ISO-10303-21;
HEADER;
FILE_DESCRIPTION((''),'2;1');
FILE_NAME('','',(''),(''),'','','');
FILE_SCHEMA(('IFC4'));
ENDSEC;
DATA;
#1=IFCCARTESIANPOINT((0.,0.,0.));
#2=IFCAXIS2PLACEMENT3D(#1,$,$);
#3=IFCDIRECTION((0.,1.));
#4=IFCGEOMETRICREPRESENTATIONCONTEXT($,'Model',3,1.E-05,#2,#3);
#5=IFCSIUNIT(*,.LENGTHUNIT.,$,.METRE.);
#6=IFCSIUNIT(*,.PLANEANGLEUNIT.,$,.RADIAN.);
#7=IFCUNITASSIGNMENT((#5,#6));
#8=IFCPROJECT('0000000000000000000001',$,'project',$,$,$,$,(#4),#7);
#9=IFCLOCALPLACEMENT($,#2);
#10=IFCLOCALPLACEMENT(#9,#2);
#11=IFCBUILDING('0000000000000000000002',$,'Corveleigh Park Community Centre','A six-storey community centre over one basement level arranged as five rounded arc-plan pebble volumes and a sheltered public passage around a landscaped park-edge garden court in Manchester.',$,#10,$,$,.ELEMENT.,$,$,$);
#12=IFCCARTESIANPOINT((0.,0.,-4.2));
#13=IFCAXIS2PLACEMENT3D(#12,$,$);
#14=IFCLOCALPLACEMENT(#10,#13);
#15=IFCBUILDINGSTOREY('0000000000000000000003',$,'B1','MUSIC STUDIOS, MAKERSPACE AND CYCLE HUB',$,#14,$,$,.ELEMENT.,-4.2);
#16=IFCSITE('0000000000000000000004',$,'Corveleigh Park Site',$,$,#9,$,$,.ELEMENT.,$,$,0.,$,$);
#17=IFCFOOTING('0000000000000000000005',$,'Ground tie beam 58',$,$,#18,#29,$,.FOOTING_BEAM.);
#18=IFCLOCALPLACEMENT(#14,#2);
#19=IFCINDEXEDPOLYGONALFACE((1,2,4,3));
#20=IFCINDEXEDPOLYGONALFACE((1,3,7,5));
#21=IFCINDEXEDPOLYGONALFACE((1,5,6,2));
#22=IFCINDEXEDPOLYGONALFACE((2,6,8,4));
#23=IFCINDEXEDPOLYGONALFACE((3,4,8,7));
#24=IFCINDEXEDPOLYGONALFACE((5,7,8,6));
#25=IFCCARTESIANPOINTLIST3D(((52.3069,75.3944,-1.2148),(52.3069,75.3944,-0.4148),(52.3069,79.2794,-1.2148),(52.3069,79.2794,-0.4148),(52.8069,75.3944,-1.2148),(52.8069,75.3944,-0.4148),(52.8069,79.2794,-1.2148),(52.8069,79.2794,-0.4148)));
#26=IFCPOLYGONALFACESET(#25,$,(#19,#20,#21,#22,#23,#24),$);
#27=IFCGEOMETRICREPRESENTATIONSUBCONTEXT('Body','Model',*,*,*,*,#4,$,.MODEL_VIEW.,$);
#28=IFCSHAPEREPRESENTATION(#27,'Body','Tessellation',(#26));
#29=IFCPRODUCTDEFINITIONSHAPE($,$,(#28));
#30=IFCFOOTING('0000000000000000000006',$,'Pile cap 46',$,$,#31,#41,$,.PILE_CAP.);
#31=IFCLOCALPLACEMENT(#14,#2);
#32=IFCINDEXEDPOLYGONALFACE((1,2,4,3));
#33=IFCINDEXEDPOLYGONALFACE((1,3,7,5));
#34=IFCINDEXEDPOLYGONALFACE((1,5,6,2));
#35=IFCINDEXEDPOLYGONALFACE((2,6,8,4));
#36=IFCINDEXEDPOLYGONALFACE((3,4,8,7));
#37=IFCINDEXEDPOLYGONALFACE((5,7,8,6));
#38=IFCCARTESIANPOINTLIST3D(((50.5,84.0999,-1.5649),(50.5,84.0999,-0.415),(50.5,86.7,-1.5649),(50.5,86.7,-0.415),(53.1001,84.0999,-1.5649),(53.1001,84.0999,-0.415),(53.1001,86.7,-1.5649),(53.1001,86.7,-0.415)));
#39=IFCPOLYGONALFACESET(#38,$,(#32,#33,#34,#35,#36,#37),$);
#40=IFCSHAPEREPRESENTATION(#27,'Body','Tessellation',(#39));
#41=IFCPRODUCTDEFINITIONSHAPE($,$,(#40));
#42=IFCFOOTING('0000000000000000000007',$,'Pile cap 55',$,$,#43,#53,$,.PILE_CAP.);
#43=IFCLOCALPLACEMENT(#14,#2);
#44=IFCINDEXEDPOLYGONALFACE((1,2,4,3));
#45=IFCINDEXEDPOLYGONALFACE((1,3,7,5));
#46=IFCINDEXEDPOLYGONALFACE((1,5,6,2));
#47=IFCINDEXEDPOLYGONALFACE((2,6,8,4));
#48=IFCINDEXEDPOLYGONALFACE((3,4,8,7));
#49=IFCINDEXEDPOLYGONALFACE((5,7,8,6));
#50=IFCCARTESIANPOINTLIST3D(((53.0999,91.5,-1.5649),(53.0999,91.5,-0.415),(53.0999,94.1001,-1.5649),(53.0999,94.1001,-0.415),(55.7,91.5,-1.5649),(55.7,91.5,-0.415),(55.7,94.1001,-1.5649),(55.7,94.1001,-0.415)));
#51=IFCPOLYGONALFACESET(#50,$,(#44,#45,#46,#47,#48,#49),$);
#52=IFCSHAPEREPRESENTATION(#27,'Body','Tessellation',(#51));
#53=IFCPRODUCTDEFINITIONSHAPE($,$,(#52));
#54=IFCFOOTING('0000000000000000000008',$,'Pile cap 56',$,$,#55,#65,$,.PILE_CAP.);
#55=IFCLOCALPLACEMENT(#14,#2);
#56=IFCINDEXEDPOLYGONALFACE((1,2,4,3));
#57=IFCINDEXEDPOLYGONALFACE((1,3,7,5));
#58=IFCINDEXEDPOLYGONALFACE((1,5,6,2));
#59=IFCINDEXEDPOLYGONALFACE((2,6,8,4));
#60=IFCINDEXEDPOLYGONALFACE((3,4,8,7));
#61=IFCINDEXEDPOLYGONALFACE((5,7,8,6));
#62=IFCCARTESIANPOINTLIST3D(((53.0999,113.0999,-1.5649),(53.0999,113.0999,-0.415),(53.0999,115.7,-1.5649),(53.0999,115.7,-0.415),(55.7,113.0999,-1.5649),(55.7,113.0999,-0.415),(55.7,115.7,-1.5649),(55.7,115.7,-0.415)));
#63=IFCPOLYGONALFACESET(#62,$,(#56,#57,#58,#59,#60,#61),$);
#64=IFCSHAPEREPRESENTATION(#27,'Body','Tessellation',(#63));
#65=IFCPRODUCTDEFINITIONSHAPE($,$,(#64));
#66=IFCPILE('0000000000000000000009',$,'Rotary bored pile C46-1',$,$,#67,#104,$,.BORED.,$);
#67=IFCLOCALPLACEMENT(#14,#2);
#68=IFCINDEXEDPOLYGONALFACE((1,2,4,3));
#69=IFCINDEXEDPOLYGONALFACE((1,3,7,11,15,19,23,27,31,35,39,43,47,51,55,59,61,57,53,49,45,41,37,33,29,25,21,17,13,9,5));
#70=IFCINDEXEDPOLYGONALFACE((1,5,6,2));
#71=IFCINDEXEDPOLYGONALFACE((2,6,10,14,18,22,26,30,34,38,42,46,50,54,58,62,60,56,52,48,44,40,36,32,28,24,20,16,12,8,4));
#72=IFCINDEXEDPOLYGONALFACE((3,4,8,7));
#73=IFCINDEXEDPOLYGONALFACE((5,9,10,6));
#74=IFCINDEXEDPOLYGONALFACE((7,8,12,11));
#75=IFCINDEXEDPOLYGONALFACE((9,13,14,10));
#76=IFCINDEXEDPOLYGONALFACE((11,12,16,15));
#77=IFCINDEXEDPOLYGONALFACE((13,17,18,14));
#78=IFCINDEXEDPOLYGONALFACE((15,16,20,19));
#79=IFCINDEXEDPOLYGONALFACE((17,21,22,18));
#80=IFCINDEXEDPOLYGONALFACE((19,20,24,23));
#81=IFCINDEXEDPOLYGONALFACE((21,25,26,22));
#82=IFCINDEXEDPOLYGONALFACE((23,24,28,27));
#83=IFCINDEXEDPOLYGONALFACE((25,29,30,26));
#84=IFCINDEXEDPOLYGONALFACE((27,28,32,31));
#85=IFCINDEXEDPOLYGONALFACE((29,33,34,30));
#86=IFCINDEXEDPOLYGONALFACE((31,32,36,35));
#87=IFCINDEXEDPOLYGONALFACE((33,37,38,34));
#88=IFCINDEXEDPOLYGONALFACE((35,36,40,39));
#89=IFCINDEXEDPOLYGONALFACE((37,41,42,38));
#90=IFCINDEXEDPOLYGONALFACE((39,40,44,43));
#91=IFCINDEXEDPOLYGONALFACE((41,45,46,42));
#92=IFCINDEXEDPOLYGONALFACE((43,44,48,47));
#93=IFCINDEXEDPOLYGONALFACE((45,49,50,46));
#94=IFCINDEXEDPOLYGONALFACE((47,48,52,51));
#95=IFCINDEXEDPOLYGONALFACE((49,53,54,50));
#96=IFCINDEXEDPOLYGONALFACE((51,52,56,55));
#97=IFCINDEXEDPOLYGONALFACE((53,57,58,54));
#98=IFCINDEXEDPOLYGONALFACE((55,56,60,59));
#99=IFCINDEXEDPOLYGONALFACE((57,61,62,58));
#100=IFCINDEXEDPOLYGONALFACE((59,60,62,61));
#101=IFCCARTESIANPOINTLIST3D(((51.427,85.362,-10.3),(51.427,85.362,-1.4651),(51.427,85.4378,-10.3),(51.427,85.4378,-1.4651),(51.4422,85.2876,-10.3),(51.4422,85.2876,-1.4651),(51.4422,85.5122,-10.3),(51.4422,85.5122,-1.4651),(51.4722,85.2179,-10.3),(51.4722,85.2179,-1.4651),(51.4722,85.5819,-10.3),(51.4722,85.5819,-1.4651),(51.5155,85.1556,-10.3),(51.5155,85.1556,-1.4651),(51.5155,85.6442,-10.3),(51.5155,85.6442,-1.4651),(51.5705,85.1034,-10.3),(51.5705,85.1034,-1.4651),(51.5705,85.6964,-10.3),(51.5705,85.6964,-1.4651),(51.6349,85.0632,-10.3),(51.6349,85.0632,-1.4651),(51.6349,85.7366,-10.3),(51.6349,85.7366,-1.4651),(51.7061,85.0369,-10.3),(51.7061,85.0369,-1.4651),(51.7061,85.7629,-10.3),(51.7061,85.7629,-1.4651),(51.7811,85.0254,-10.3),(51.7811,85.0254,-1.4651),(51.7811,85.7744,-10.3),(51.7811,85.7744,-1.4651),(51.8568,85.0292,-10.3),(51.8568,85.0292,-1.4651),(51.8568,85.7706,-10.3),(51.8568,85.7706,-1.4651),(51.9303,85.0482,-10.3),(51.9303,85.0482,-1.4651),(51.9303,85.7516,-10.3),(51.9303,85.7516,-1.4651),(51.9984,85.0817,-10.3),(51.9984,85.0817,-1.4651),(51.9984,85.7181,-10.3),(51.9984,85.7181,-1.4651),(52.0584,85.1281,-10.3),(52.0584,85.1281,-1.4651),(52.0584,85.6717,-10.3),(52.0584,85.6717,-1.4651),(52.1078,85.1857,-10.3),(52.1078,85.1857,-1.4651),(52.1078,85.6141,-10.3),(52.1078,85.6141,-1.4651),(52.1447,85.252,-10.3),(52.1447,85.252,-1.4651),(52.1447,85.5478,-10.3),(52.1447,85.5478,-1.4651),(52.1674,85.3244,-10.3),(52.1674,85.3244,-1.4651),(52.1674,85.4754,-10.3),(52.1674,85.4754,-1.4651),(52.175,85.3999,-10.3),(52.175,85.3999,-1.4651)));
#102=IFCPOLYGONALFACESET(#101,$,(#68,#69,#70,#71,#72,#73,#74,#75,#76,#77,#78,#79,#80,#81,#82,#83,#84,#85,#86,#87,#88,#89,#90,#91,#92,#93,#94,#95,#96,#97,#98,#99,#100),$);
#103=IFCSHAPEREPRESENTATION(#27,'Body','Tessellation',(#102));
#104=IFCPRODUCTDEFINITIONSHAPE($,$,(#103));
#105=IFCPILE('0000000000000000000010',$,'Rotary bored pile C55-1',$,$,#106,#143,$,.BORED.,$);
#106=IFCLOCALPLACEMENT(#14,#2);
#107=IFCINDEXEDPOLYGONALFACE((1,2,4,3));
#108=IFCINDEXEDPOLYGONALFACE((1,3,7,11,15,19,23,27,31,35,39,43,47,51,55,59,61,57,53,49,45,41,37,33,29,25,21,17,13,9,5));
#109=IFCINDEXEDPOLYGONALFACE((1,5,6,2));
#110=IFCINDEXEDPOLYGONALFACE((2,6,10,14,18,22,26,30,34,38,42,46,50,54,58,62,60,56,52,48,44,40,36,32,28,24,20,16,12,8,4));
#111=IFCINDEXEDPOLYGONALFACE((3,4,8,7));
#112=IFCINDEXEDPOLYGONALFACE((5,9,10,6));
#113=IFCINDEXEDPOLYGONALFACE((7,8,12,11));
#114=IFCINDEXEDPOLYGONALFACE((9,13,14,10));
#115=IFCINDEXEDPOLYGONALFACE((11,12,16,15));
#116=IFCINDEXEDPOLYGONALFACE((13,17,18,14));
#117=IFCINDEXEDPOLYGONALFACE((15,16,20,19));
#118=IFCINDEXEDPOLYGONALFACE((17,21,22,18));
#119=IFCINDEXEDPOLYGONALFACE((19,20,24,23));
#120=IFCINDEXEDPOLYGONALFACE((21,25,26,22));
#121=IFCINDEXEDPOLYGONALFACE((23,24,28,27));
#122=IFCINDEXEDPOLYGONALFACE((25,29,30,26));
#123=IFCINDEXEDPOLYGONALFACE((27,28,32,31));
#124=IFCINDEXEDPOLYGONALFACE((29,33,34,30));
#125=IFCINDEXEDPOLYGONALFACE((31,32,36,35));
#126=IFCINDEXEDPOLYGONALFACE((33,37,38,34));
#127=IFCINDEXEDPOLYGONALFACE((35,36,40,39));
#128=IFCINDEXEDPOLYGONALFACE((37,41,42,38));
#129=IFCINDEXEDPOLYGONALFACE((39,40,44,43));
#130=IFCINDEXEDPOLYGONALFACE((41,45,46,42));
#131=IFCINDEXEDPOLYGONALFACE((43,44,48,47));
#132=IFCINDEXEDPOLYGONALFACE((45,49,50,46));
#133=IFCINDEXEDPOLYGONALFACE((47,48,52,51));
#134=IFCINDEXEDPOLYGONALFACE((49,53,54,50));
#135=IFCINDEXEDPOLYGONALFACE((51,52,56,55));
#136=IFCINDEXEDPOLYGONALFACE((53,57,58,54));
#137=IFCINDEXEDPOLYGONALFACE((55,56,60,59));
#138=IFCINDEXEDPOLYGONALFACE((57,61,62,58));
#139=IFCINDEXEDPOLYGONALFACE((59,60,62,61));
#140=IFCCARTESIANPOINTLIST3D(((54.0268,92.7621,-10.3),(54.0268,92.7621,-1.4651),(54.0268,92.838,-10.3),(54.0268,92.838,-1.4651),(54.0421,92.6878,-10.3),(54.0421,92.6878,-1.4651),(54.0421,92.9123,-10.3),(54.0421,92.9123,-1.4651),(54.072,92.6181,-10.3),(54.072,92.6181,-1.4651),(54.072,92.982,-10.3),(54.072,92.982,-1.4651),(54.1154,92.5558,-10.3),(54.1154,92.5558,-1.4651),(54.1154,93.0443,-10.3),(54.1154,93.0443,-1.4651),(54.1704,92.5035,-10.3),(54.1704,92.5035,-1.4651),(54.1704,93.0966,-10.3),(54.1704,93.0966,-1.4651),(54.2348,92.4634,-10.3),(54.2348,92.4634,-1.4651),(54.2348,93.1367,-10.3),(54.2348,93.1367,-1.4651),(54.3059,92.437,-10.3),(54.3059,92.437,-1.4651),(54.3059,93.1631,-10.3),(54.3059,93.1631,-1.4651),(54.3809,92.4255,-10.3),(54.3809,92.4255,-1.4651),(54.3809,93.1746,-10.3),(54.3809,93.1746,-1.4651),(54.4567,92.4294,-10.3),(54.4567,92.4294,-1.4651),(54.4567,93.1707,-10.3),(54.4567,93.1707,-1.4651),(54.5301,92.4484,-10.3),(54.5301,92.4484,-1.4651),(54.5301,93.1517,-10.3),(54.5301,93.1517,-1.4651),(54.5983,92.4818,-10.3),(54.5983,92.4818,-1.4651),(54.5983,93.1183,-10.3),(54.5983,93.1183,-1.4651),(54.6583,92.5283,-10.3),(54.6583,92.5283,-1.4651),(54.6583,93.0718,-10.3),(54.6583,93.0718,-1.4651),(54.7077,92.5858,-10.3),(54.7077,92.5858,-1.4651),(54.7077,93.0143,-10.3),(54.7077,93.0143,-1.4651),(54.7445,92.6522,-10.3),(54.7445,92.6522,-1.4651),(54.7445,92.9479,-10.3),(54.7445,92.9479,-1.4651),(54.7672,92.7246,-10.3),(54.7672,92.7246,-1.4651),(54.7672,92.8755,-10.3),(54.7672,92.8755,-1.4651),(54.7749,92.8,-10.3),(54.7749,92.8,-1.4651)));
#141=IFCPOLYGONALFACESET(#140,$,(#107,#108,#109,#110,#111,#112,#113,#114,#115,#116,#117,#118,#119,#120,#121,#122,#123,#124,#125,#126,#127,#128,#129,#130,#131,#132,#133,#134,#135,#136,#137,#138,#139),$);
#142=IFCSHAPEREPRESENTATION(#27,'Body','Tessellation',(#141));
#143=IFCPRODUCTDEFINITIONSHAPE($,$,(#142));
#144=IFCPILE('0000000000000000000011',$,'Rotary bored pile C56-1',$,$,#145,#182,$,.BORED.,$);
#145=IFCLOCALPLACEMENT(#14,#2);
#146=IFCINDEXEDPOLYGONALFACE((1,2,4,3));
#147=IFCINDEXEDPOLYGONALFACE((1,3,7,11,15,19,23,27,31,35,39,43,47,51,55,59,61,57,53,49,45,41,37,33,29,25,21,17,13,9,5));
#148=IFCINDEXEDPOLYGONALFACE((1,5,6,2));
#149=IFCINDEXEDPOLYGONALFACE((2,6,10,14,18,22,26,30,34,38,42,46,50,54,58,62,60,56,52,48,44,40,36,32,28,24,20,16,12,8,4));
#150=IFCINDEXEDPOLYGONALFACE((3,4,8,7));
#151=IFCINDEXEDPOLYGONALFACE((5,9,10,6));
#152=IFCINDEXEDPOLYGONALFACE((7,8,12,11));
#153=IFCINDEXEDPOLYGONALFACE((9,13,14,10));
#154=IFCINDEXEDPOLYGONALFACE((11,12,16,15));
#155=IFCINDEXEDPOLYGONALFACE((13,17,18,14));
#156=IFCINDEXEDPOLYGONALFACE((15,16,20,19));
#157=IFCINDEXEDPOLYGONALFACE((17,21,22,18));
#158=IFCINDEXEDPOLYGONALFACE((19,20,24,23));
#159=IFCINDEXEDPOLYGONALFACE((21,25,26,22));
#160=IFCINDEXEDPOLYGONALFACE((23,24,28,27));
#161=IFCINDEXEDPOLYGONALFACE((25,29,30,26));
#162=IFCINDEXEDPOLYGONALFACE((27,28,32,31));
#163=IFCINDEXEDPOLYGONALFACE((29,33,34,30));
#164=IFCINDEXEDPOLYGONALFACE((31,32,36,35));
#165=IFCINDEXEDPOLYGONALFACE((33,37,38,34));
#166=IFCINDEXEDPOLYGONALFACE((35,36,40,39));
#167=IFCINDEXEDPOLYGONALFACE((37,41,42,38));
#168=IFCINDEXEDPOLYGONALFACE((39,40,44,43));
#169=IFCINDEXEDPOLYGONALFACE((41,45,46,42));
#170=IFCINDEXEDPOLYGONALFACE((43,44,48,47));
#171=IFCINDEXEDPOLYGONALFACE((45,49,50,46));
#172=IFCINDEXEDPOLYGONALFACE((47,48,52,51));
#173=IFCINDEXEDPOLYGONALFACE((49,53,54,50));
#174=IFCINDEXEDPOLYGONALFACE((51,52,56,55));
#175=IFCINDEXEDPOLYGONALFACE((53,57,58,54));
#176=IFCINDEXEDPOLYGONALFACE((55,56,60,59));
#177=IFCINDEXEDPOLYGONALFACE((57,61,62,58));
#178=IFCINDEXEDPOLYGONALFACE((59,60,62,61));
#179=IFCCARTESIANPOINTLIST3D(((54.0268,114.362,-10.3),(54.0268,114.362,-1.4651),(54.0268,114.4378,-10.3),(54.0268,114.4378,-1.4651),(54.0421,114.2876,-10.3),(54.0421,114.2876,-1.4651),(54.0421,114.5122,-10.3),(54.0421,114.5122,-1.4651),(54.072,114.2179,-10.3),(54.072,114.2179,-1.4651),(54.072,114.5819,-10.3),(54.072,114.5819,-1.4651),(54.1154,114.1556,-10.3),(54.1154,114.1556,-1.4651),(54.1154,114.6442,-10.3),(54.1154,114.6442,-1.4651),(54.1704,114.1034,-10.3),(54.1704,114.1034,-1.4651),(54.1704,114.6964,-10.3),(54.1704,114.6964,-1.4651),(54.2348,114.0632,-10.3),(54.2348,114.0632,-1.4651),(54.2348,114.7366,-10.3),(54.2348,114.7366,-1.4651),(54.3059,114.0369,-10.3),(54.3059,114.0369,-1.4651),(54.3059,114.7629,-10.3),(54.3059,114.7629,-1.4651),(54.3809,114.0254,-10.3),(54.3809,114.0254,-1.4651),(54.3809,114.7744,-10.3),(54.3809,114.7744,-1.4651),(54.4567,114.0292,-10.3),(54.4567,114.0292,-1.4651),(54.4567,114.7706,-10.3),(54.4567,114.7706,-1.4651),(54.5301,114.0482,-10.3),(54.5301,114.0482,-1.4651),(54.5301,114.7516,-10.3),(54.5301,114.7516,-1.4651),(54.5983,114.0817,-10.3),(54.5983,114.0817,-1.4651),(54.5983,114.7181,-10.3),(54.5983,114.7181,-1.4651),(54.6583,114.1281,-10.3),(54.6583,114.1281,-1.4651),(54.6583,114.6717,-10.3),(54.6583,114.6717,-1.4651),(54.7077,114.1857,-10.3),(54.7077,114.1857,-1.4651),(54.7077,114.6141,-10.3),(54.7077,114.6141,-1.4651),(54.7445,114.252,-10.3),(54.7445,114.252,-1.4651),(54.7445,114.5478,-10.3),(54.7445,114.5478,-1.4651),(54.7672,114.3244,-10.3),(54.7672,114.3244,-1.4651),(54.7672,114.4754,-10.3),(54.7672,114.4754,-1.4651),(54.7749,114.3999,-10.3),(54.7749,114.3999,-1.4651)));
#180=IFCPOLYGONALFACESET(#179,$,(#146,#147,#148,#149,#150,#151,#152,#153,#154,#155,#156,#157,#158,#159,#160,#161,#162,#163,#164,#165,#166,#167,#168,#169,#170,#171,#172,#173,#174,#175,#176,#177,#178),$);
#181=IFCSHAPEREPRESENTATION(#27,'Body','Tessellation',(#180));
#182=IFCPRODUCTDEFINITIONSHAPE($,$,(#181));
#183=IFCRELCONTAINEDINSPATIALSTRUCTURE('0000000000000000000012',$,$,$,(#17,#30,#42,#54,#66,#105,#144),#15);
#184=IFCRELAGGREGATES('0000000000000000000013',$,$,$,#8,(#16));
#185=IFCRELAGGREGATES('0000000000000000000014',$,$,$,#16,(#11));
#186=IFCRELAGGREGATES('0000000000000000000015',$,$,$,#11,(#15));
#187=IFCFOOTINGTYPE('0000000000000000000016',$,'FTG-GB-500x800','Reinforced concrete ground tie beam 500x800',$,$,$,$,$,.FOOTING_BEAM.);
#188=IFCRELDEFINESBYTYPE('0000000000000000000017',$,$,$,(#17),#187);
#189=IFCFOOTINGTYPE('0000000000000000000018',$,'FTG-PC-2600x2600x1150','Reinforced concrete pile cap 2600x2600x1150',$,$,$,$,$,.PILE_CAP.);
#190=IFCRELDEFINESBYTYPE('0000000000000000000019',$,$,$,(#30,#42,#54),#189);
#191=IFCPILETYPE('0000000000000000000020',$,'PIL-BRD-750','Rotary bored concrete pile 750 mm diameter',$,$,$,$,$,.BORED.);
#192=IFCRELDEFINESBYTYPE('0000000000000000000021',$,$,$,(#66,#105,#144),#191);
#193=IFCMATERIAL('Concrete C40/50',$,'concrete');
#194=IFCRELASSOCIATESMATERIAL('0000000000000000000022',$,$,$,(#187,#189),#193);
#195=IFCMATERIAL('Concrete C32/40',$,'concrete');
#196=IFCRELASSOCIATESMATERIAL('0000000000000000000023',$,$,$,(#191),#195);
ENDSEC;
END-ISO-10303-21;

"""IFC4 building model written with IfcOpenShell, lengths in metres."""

from ifc_helpers import new_model, si_unit, direction, frame, origin, origin_2d, place, context, subcontext, project, spatial, rectangle, circle, extrude, material, material_profile, profile_set, type_object, element, save


model = new_model("IFC4")

# Units and contexts
model_context = context("Model", 3, precision=1e-05, world=origin(), true_north=direction((0.0, 1.0)))
body_context = subcontext(model_context, "Body", "Model", "MODEL_VIEW")
ifc_project = project(units=[si_unit("LENGTHUNIT", "METRE"), si_unit("PLANEANGLEUNIT", "RADIAN")], contexts=[model_context])

# Site, building, storey
site_placement = place(None, origin())
site = spatial("IfcSite", under=ifc_project, at=site_placement, Name="Corveleigh Park Site", CompositionType="ELEMENT", RefElevation=0.0)
building_placement = place(site_placement, origin())
building = spatial("IfcBuilding", under=site, at=building_placement, Name="Corveleigh Park Community Centre", Description="A six-storey community centre over one basement level arranged as five rounded arc-plan pebble volumes and a sheltered public passage around a landscaped park-edge garden court in Manchester.", CompositionType="ELEMENT")
storey_placement = place(building_placement, frame((0.0, 0.0, -4.2)))
storey = spatial("IfcBuildingStorey", under=building, at=storey_placement, Name="B1", Description="MUSIC STUDIOS, MAKERSPACE AND CYCLE HUB", CompositionType="ELEMENT", Elevation=-4.2)

# Footings
ifc_material_1 = material(Name="Concrete C40/50", Category="concrete")
footing_type_1 = type_object("IfcFootingType", Name="FTG-GB-500x800", Description="Reinforced concrete ground tie beam 500x800", PredefinedType="FOOTING_BEAM", material=ifc_material_1)
footing_placement = place(storey_placement, frame((52.5569, 77.3369, -1.2148), z_axis=(0.0, 0.0, 1.0), x_axis=(1.0, 0.0, 0.0)))
element("IfcFooting", 1, at=footing_placement, inside=storey, type_object=footing_type_1, Name="Ground tie beam 58", PredefinedType="FOOTING_BEAM", context=body_context, shape_type="SweptSolid", body=[
    extrude(rectangle(XDim=0.5, YDim=3.885, at=origin_2d()), origin(), (0.0, 0.0, 1.0), 0.8),
])
footing_type_2 = type_object("IfcFootingType", Name="FTG-PC-2600x2600x1150", Description="Reinforced concrete pile cap 2600x2600x1150", PredefinedType="PILE_CAP", material=ifc_material_1)
for number, where, z_axis, x_axis, name in (
    (2, (51.8, 85.3999, -1.5649), (0.0, 0.0, 1.0), (1.0, 0.0, 0.0), "Pile cap 46"),
    (3, (54.3999, 92.8, -1.5649), (0.0, 0.0, 1.0), (1.0, 0.0, 0.0), "Pile cap 55"),
    (4, (54.3999, 114.3999, -1.5649), (0.0, 0.0, 1.0), (1.0, 0.0, 0.0), "Pile cap 56"),
):
    element("IfcFooting", number, at=place(storey_placement, frame(where, z_axis=z_axis, x_axis=x_axis)), inside=storey, type_object=footing_type_2, Name=name, PredefinedType="PILE_CAP", context=body_context, shape_type="SweptSolid", body=[
        extrude(rectangle(XDim=2.6001, YDim=2.6001, at=origin_2d()), origin(), (0.0, 0.0, 1.0), 1.1499),
    ])

# Piles
ifc_material_2 = material(Name="Concrete C32/40", Category="concrete")
ifc_material_profile_1 = material_profile(ifc_material_2, circle(Radius=0.375, at=origin_2d()), Name="BORED-PILE-750", Category="concrete")
ifc_profile_set_1 = profile_set([ifc_material_profile_1], Name="Concrete C32/40")
pile_type_1 = type_object("IfcPileType", Name="PIL-BRD-750", Description="Rotary bored concrete pile 750 mm diameter", PredefinedType="BORED", material=ifc_profile_set_1)
for number, where, z_axis, x_axis, name in (
    (5, (51.8, 85.3999, -1.4651), (0.0, 0.0, -1.0), (1.0, 0.0, 0.0), "Rotary bored pile C46-1"),
    (6, (54.3999, 92.8, -1.4651), (0.0, 0.0, -1.0), (1.0, 0.0, 0.0), "Rotary bored pile C55-1"),
    (7, (54.3999, 114.3999, -1.4651), (0.0, 0.0, -1.0), (1.0, 0.0, 0.0), "Rotary bored pile C56-1"),
):
    element("IfcPile", number, at=place(storey_placement, frame(where, z_axis=z_axis, x_axis=x_axis)), inside=storey, type_object=pile_type_1, Name=name, PredefinedType="BORED", context=body_context, shape_type="SweptSolid", body=[
        extrude(circle(Radius=0.375, at=origin_2d()), origin(), (0.0, 0.0, 1.0), 8.835),
    ])

save(model, "model.ifc")
